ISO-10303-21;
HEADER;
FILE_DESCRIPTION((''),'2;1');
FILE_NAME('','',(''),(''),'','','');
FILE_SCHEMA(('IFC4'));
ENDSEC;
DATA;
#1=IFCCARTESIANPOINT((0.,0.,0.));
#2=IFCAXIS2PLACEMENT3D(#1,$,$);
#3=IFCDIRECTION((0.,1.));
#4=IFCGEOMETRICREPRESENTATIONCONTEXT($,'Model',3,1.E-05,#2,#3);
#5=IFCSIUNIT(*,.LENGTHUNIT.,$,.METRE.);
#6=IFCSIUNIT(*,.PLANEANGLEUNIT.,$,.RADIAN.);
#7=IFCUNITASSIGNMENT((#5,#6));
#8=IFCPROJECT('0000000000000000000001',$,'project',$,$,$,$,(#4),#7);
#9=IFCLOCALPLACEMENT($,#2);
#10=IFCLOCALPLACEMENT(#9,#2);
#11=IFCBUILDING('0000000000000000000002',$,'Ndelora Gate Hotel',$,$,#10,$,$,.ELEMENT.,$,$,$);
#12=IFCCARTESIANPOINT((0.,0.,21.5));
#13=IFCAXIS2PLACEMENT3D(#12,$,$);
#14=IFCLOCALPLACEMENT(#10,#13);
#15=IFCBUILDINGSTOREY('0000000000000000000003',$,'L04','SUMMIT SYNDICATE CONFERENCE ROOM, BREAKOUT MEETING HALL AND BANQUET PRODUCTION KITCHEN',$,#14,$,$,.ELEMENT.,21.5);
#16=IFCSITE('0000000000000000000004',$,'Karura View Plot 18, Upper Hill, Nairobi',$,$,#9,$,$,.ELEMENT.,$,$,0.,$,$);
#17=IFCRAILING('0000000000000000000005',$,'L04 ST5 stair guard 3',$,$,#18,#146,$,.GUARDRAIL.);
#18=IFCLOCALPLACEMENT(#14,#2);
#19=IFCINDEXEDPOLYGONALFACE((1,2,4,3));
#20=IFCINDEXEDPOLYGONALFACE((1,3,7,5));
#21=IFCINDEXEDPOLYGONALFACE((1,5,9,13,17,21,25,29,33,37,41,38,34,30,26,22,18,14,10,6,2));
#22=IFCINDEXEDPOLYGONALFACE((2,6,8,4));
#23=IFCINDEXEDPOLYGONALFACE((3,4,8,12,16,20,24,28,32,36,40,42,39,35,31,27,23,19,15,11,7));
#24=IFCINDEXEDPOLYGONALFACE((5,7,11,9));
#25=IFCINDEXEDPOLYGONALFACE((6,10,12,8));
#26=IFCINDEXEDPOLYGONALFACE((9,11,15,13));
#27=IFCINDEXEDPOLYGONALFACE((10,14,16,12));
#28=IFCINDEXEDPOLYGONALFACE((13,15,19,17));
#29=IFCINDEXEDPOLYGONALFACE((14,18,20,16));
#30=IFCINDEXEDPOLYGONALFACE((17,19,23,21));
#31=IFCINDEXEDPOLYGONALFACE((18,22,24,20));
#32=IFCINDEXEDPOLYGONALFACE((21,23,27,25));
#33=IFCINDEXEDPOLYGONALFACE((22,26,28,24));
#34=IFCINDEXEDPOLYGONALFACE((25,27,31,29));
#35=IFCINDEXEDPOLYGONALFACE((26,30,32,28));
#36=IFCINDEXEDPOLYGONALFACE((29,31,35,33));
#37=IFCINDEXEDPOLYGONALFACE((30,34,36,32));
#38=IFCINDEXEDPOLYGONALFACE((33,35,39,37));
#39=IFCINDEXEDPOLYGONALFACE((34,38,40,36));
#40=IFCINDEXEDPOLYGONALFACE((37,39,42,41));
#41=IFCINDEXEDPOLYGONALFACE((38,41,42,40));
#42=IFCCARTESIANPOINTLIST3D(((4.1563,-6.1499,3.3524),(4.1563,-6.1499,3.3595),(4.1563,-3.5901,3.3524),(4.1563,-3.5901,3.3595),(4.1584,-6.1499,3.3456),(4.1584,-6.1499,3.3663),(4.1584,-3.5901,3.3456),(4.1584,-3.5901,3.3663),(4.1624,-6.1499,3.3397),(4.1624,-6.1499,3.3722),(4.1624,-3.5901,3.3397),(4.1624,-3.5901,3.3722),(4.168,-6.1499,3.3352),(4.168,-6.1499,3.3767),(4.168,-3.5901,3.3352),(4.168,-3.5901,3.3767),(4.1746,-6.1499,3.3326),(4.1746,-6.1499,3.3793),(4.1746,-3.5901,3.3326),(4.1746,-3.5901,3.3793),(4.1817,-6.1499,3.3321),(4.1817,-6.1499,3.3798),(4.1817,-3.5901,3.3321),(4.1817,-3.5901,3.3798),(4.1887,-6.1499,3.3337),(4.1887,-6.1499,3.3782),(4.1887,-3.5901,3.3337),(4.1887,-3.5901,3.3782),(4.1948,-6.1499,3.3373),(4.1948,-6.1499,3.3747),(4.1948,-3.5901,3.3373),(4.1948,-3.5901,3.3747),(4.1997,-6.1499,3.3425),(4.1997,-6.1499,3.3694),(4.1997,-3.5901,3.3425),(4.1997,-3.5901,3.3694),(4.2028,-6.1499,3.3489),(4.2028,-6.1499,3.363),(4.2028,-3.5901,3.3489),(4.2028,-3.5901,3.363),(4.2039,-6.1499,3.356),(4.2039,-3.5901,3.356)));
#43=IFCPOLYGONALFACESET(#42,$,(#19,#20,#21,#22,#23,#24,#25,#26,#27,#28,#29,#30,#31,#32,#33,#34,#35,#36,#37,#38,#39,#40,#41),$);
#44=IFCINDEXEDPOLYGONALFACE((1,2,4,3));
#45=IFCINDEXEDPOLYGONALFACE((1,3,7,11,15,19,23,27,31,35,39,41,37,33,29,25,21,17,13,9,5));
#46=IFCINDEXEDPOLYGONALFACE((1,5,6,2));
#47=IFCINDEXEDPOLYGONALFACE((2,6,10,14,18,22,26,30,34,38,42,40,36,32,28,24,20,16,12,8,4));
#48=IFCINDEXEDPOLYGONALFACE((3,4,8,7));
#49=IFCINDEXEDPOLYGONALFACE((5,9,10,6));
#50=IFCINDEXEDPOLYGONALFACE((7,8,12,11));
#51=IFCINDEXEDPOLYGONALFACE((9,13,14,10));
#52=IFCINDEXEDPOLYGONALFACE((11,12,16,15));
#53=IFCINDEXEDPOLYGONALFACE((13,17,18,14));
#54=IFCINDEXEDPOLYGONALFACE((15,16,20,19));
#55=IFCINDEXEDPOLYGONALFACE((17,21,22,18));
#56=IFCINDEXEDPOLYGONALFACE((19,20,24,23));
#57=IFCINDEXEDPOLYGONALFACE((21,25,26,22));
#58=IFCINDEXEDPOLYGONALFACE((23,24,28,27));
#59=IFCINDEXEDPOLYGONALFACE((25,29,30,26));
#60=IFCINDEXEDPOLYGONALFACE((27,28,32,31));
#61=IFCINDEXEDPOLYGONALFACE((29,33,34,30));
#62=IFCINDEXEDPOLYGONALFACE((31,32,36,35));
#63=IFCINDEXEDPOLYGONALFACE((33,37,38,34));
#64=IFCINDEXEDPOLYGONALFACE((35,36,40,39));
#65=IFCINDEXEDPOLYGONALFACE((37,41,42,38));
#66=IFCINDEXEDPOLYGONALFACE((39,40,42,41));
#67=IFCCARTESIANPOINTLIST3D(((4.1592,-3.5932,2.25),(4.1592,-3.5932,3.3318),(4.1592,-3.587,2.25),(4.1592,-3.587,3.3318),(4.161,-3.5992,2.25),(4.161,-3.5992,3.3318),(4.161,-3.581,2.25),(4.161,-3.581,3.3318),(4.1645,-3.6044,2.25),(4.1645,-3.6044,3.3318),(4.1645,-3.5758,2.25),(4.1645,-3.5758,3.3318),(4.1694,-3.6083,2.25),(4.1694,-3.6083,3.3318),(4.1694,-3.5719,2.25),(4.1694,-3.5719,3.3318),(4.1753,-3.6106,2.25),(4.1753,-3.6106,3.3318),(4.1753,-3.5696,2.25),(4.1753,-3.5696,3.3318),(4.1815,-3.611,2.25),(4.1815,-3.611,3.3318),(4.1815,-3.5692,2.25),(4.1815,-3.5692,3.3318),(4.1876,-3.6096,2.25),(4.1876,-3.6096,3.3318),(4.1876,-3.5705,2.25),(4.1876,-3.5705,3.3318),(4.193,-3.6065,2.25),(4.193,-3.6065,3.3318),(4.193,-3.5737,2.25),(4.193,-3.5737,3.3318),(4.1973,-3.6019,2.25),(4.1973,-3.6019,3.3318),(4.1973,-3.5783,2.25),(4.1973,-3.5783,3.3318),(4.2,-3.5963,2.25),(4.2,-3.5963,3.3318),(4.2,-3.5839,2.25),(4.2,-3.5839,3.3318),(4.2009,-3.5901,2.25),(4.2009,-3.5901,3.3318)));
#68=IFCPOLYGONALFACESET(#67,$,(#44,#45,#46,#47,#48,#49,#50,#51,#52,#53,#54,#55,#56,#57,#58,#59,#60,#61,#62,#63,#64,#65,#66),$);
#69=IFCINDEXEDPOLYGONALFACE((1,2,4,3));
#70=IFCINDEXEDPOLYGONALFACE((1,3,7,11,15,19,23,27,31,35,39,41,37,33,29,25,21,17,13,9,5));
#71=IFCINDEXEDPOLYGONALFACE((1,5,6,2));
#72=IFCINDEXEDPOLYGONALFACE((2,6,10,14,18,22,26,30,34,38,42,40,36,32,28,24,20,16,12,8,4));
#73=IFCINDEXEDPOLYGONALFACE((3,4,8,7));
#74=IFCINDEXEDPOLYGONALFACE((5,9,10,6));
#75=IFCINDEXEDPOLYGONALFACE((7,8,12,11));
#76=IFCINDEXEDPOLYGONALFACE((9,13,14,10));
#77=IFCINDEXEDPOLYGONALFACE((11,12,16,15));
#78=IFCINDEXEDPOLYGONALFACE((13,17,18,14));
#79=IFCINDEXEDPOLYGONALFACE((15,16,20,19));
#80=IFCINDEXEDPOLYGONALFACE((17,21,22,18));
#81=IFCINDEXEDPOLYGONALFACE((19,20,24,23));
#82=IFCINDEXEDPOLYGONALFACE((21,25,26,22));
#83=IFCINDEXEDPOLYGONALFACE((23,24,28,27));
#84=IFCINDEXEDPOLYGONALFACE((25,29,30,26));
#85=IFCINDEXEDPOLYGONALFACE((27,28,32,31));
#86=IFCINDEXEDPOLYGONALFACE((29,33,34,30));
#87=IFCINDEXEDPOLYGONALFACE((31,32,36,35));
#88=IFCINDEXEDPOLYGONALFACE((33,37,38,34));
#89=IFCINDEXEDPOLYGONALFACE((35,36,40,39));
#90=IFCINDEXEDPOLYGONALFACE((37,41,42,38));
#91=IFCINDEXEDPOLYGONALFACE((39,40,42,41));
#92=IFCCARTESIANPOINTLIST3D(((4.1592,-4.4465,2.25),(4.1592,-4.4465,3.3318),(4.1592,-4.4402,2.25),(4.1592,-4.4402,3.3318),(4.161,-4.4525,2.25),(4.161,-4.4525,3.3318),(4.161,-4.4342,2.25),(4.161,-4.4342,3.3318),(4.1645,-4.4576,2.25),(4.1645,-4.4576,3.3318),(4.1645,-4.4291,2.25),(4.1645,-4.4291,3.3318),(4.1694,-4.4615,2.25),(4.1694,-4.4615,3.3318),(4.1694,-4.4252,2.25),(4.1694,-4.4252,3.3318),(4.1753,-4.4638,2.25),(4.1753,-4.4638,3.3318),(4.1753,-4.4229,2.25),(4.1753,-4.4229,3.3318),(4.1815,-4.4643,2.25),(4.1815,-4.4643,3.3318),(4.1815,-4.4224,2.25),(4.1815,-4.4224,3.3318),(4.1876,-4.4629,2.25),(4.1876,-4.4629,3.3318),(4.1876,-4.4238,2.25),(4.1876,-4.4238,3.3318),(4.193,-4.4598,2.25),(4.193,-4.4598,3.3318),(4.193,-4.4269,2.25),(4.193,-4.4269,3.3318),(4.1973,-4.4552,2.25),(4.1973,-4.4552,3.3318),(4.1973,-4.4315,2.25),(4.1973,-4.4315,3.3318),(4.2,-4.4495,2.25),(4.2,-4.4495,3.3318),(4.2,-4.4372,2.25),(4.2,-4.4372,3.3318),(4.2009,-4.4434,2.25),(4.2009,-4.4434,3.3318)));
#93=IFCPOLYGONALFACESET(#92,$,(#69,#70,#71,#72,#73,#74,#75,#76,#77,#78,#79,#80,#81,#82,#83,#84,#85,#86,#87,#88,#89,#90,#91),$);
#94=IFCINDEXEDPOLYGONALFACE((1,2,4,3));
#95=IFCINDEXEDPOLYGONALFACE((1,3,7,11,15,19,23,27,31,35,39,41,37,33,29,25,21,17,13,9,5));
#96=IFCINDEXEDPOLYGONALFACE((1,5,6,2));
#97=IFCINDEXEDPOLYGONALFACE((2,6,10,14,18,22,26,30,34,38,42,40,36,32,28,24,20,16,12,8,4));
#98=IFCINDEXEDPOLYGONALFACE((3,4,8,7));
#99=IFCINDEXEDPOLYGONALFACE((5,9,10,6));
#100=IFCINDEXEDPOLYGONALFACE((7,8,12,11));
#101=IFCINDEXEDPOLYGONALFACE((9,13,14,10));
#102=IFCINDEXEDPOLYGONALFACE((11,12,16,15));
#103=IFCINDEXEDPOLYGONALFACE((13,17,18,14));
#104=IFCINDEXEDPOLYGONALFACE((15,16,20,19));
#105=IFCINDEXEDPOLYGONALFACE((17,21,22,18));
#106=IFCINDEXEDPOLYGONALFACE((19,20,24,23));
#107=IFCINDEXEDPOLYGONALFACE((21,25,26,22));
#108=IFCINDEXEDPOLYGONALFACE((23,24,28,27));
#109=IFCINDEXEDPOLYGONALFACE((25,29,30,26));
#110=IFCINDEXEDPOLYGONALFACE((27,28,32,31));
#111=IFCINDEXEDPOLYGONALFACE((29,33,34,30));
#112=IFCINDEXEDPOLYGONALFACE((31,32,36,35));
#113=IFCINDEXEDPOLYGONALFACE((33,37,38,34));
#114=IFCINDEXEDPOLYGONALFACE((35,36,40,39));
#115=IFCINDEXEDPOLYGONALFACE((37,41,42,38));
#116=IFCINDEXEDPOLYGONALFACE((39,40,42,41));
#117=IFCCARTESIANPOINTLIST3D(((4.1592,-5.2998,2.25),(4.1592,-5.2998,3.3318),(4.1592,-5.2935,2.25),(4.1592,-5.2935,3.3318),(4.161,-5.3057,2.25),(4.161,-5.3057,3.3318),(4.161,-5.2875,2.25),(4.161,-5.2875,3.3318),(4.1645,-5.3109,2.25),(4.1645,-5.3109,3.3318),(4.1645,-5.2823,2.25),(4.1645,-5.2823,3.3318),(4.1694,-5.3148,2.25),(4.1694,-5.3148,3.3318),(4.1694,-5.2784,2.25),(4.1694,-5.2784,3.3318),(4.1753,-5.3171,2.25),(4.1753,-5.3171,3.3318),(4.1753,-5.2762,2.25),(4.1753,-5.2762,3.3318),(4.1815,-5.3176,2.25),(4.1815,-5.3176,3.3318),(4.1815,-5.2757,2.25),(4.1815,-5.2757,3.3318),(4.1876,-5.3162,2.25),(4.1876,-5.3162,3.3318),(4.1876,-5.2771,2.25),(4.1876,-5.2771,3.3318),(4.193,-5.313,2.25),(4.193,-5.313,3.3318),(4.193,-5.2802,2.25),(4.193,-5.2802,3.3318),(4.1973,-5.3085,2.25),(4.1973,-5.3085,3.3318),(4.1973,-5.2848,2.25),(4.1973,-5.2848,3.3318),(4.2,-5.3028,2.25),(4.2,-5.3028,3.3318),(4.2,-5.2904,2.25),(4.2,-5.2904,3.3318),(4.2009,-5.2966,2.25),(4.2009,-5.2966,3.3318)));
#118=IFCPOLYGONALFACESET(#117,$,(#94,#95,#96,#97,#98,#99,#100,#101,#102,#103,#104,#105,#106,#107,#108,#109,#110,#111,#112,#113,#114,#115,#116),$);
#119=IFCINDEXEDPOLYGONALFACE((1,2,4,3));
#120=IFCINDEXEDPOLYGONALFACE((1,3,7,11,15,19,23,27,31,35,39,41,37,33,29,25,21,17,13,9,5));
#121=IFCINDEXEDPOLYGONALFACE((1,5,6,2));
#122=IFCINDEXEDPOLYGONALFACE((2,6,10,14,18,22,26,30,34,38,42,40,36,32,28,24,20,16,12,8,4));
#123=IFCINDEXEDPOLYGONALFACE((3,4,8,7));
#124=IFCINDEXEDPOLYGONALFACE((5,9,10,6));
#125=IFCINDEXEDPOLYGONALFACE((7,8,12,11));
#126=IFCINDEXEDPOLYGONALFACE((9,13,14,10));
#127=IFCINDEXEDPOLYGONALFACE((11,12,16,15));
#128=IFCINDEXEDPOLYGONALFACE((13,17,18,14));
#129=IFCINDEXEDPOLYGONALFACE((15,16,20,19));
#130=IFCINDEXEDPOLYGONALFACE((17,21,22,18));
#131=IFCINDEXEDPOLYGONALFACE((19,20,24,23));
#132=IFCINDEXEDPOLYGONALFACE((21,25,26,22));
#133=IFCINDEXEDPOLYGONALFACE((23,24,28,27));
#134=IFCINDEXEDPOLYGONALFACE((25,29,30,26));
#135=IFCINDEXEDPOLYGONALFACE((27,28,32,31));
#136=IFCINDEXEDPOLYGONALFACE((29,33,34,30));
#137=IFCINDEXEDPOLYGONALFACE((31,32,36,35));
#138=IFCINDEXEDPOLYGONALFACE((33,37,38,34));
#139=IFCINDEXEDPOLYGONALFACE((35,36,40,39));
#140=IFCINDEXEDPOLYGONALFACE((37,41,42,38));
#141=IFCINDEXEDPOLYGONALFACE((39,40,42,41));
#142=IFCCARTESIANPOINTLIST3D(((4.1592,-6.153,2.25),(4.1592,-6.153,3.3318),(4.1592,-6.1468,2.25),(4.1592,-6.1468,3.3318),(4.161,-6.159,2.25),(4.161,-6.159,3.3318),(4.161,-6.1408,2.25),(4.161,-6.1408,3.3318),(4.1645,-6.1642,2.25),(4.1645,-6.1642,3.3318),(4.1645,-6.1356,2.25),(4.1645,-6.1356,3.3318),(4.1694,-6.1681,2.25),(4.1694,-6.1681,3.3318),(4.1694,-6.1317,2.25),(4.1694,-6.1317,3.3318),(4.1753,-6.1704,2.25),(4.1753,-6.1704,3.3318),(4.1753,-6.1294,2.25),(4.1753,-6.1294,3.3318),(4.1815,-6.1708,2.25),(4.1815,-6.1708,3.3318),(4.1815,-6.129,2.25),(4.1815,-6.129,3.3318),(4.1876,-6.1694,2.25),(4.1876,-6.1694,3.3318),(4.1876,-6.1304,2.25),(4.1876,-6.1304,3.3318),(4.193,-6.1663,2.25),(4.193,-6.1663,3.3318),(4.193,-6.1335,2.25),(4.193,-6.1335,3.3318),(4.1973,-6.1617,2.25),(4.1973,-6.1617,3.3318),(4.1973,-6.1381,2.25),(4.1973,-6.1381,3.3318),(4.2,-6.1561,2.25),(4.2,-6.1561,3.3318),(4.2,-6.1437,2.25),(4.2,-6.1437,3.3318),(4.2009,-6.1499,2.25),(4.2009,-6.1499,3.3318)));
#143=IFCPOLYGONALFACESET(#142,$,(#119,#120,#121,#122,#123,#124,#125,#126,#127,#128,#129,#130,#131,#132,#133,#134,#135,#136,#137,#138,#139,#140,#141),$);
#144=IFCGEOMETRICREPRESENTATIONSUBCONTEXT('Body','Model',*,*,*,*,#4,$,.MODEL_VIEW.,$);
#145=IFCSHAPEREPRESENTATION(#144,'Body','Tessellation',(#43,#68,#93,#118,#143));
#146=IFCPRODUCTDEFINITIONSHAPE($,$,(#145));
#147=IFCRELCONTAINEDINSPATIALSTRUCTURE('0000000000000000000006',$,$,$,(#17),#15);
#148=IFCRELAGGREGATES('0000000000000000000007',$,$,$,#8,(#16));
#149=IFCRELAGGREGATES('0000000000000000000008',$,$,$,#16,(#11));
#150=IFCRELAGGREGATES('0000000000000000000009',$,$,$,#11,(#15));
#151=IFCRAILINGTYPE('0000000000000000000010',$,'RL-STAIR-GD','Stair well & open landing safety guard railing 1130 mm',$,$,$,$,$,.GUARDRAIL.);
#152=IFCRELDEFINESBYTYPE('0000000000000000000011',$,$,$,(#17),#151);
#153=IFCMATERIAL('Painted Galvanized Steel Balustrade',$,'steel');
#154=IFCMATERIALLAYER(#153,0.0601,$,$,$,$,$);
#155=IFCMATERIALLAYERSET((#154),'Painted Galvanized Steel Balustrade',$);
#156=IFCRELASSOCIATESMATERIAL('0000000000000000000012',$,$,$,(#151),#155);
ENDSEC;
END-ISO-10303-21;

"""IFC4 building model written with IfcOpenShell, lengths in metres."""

from ifc_helpers import new_model, si_unit, direction, frame, origin, origin_2d, place, context, subcontext, project, spatial, circle, extrude, material, layer, layer_set, type_object, element, save


model = new_model("IFC4")

# Units and contexts
model_context = context("Model", 3, precision=1e-05, world=origin(), true_north=direction((0.0, 1.0)))
body_context = subcontext(model_context, "Body", "Model", "MODEL_VIEW")
ifc_project = project(units=[si_unit("LENGTHUNIT", "METRE"), si_unit("PLANEANGLEUNIT", "RADIAN")], contexts=[model_context])

# Site, building, storey
site_placement = place(None, origin())
site = spatial("IfcSite", under=ifc_project, at=site_placement, Name="Karura View Plot 18, Upper Hill, Nairobi", CompositionType="ELEMENT", RefElevation=0.0)
building_placement = place(site_placement, origin())
building = spatial("IfcBuilding", under=site, at=building_placement, Name="Ndelora Gate Hotel", CompositionType="ELEMENT")
storey_placement = place(building_placement, frame((0.0, 0.0, 21.5)))
storey = spatial("IfcBuildingStorey", under=building, at=storey_placement, Name="L04", Description="SUMMIT SYNDICATE CONFERENCE ROOM, BREAKOUT MEETING HALL AND BANQUET PRODUCTION KITCHEN", CompositionType="ELEMENT", Elevation=21.5)

# Railing
ifc_material_1 = material(Name="Painted Galvanized Steel Balustrade", Category="steel")
ifc_layer_1 = layer(ifc_material_1, 0.0601)
ifc_layer_set_1 = layer_set([ifc_layer_1], Name="Painted Galvanized Steel Balustrade")
railing_type = type_object("IfcRailingType", Name="RL-STAIR-GD", Description="Stair well & open landing safety guard railing 1130 mm", PredefinedType="GUARDRAIL", material=ifc_layer_set_1)
railing_1_placement = place(storey_placement, frame((4.1799, -3.5901, 2.25)))
element("IfcRailing", 1, at=railing_1_placement, inside=storey, type_object=railing_type, Name="L04 ST5 stair guard 3", PredefinedType="GUARDRAIL", context=body_context, shape_type="SweptSolid", body=[
    extrude(circle(Radius=0.0239, at=origin_2d()), frame((0.0, 0.0, 1.106), z_axis=(0.0, -1.0, 0.0), x_axis=(1.0, 0.0, 0.0)), (0.0, 0.0, 1.0), 2.5598),
    extrude(circle(Radius=0.021, at=origin_2d()), origin(), (0.0, 0.0, 1.0), 1.0818),
    extrude(circle(Radius=0.021, at=origin_2d()), frame((0.0, -0.8533, 0.0)), (0.0, 0.0, 1.0), 1.0818),
    extrude(circle(Radius=0.021, at=origin_2d()), frame((0.0, -1.7065, 0.0)), (0.0, 0.0, 1.0), 1.0818),
    extrude(circle(Radius=0.021, at=origin_2d()), frame((0.0, -2.5598, 0.0)), (0.0, 0.0, 1.0), 1.0818),
])

save(model, "model.ifc")
